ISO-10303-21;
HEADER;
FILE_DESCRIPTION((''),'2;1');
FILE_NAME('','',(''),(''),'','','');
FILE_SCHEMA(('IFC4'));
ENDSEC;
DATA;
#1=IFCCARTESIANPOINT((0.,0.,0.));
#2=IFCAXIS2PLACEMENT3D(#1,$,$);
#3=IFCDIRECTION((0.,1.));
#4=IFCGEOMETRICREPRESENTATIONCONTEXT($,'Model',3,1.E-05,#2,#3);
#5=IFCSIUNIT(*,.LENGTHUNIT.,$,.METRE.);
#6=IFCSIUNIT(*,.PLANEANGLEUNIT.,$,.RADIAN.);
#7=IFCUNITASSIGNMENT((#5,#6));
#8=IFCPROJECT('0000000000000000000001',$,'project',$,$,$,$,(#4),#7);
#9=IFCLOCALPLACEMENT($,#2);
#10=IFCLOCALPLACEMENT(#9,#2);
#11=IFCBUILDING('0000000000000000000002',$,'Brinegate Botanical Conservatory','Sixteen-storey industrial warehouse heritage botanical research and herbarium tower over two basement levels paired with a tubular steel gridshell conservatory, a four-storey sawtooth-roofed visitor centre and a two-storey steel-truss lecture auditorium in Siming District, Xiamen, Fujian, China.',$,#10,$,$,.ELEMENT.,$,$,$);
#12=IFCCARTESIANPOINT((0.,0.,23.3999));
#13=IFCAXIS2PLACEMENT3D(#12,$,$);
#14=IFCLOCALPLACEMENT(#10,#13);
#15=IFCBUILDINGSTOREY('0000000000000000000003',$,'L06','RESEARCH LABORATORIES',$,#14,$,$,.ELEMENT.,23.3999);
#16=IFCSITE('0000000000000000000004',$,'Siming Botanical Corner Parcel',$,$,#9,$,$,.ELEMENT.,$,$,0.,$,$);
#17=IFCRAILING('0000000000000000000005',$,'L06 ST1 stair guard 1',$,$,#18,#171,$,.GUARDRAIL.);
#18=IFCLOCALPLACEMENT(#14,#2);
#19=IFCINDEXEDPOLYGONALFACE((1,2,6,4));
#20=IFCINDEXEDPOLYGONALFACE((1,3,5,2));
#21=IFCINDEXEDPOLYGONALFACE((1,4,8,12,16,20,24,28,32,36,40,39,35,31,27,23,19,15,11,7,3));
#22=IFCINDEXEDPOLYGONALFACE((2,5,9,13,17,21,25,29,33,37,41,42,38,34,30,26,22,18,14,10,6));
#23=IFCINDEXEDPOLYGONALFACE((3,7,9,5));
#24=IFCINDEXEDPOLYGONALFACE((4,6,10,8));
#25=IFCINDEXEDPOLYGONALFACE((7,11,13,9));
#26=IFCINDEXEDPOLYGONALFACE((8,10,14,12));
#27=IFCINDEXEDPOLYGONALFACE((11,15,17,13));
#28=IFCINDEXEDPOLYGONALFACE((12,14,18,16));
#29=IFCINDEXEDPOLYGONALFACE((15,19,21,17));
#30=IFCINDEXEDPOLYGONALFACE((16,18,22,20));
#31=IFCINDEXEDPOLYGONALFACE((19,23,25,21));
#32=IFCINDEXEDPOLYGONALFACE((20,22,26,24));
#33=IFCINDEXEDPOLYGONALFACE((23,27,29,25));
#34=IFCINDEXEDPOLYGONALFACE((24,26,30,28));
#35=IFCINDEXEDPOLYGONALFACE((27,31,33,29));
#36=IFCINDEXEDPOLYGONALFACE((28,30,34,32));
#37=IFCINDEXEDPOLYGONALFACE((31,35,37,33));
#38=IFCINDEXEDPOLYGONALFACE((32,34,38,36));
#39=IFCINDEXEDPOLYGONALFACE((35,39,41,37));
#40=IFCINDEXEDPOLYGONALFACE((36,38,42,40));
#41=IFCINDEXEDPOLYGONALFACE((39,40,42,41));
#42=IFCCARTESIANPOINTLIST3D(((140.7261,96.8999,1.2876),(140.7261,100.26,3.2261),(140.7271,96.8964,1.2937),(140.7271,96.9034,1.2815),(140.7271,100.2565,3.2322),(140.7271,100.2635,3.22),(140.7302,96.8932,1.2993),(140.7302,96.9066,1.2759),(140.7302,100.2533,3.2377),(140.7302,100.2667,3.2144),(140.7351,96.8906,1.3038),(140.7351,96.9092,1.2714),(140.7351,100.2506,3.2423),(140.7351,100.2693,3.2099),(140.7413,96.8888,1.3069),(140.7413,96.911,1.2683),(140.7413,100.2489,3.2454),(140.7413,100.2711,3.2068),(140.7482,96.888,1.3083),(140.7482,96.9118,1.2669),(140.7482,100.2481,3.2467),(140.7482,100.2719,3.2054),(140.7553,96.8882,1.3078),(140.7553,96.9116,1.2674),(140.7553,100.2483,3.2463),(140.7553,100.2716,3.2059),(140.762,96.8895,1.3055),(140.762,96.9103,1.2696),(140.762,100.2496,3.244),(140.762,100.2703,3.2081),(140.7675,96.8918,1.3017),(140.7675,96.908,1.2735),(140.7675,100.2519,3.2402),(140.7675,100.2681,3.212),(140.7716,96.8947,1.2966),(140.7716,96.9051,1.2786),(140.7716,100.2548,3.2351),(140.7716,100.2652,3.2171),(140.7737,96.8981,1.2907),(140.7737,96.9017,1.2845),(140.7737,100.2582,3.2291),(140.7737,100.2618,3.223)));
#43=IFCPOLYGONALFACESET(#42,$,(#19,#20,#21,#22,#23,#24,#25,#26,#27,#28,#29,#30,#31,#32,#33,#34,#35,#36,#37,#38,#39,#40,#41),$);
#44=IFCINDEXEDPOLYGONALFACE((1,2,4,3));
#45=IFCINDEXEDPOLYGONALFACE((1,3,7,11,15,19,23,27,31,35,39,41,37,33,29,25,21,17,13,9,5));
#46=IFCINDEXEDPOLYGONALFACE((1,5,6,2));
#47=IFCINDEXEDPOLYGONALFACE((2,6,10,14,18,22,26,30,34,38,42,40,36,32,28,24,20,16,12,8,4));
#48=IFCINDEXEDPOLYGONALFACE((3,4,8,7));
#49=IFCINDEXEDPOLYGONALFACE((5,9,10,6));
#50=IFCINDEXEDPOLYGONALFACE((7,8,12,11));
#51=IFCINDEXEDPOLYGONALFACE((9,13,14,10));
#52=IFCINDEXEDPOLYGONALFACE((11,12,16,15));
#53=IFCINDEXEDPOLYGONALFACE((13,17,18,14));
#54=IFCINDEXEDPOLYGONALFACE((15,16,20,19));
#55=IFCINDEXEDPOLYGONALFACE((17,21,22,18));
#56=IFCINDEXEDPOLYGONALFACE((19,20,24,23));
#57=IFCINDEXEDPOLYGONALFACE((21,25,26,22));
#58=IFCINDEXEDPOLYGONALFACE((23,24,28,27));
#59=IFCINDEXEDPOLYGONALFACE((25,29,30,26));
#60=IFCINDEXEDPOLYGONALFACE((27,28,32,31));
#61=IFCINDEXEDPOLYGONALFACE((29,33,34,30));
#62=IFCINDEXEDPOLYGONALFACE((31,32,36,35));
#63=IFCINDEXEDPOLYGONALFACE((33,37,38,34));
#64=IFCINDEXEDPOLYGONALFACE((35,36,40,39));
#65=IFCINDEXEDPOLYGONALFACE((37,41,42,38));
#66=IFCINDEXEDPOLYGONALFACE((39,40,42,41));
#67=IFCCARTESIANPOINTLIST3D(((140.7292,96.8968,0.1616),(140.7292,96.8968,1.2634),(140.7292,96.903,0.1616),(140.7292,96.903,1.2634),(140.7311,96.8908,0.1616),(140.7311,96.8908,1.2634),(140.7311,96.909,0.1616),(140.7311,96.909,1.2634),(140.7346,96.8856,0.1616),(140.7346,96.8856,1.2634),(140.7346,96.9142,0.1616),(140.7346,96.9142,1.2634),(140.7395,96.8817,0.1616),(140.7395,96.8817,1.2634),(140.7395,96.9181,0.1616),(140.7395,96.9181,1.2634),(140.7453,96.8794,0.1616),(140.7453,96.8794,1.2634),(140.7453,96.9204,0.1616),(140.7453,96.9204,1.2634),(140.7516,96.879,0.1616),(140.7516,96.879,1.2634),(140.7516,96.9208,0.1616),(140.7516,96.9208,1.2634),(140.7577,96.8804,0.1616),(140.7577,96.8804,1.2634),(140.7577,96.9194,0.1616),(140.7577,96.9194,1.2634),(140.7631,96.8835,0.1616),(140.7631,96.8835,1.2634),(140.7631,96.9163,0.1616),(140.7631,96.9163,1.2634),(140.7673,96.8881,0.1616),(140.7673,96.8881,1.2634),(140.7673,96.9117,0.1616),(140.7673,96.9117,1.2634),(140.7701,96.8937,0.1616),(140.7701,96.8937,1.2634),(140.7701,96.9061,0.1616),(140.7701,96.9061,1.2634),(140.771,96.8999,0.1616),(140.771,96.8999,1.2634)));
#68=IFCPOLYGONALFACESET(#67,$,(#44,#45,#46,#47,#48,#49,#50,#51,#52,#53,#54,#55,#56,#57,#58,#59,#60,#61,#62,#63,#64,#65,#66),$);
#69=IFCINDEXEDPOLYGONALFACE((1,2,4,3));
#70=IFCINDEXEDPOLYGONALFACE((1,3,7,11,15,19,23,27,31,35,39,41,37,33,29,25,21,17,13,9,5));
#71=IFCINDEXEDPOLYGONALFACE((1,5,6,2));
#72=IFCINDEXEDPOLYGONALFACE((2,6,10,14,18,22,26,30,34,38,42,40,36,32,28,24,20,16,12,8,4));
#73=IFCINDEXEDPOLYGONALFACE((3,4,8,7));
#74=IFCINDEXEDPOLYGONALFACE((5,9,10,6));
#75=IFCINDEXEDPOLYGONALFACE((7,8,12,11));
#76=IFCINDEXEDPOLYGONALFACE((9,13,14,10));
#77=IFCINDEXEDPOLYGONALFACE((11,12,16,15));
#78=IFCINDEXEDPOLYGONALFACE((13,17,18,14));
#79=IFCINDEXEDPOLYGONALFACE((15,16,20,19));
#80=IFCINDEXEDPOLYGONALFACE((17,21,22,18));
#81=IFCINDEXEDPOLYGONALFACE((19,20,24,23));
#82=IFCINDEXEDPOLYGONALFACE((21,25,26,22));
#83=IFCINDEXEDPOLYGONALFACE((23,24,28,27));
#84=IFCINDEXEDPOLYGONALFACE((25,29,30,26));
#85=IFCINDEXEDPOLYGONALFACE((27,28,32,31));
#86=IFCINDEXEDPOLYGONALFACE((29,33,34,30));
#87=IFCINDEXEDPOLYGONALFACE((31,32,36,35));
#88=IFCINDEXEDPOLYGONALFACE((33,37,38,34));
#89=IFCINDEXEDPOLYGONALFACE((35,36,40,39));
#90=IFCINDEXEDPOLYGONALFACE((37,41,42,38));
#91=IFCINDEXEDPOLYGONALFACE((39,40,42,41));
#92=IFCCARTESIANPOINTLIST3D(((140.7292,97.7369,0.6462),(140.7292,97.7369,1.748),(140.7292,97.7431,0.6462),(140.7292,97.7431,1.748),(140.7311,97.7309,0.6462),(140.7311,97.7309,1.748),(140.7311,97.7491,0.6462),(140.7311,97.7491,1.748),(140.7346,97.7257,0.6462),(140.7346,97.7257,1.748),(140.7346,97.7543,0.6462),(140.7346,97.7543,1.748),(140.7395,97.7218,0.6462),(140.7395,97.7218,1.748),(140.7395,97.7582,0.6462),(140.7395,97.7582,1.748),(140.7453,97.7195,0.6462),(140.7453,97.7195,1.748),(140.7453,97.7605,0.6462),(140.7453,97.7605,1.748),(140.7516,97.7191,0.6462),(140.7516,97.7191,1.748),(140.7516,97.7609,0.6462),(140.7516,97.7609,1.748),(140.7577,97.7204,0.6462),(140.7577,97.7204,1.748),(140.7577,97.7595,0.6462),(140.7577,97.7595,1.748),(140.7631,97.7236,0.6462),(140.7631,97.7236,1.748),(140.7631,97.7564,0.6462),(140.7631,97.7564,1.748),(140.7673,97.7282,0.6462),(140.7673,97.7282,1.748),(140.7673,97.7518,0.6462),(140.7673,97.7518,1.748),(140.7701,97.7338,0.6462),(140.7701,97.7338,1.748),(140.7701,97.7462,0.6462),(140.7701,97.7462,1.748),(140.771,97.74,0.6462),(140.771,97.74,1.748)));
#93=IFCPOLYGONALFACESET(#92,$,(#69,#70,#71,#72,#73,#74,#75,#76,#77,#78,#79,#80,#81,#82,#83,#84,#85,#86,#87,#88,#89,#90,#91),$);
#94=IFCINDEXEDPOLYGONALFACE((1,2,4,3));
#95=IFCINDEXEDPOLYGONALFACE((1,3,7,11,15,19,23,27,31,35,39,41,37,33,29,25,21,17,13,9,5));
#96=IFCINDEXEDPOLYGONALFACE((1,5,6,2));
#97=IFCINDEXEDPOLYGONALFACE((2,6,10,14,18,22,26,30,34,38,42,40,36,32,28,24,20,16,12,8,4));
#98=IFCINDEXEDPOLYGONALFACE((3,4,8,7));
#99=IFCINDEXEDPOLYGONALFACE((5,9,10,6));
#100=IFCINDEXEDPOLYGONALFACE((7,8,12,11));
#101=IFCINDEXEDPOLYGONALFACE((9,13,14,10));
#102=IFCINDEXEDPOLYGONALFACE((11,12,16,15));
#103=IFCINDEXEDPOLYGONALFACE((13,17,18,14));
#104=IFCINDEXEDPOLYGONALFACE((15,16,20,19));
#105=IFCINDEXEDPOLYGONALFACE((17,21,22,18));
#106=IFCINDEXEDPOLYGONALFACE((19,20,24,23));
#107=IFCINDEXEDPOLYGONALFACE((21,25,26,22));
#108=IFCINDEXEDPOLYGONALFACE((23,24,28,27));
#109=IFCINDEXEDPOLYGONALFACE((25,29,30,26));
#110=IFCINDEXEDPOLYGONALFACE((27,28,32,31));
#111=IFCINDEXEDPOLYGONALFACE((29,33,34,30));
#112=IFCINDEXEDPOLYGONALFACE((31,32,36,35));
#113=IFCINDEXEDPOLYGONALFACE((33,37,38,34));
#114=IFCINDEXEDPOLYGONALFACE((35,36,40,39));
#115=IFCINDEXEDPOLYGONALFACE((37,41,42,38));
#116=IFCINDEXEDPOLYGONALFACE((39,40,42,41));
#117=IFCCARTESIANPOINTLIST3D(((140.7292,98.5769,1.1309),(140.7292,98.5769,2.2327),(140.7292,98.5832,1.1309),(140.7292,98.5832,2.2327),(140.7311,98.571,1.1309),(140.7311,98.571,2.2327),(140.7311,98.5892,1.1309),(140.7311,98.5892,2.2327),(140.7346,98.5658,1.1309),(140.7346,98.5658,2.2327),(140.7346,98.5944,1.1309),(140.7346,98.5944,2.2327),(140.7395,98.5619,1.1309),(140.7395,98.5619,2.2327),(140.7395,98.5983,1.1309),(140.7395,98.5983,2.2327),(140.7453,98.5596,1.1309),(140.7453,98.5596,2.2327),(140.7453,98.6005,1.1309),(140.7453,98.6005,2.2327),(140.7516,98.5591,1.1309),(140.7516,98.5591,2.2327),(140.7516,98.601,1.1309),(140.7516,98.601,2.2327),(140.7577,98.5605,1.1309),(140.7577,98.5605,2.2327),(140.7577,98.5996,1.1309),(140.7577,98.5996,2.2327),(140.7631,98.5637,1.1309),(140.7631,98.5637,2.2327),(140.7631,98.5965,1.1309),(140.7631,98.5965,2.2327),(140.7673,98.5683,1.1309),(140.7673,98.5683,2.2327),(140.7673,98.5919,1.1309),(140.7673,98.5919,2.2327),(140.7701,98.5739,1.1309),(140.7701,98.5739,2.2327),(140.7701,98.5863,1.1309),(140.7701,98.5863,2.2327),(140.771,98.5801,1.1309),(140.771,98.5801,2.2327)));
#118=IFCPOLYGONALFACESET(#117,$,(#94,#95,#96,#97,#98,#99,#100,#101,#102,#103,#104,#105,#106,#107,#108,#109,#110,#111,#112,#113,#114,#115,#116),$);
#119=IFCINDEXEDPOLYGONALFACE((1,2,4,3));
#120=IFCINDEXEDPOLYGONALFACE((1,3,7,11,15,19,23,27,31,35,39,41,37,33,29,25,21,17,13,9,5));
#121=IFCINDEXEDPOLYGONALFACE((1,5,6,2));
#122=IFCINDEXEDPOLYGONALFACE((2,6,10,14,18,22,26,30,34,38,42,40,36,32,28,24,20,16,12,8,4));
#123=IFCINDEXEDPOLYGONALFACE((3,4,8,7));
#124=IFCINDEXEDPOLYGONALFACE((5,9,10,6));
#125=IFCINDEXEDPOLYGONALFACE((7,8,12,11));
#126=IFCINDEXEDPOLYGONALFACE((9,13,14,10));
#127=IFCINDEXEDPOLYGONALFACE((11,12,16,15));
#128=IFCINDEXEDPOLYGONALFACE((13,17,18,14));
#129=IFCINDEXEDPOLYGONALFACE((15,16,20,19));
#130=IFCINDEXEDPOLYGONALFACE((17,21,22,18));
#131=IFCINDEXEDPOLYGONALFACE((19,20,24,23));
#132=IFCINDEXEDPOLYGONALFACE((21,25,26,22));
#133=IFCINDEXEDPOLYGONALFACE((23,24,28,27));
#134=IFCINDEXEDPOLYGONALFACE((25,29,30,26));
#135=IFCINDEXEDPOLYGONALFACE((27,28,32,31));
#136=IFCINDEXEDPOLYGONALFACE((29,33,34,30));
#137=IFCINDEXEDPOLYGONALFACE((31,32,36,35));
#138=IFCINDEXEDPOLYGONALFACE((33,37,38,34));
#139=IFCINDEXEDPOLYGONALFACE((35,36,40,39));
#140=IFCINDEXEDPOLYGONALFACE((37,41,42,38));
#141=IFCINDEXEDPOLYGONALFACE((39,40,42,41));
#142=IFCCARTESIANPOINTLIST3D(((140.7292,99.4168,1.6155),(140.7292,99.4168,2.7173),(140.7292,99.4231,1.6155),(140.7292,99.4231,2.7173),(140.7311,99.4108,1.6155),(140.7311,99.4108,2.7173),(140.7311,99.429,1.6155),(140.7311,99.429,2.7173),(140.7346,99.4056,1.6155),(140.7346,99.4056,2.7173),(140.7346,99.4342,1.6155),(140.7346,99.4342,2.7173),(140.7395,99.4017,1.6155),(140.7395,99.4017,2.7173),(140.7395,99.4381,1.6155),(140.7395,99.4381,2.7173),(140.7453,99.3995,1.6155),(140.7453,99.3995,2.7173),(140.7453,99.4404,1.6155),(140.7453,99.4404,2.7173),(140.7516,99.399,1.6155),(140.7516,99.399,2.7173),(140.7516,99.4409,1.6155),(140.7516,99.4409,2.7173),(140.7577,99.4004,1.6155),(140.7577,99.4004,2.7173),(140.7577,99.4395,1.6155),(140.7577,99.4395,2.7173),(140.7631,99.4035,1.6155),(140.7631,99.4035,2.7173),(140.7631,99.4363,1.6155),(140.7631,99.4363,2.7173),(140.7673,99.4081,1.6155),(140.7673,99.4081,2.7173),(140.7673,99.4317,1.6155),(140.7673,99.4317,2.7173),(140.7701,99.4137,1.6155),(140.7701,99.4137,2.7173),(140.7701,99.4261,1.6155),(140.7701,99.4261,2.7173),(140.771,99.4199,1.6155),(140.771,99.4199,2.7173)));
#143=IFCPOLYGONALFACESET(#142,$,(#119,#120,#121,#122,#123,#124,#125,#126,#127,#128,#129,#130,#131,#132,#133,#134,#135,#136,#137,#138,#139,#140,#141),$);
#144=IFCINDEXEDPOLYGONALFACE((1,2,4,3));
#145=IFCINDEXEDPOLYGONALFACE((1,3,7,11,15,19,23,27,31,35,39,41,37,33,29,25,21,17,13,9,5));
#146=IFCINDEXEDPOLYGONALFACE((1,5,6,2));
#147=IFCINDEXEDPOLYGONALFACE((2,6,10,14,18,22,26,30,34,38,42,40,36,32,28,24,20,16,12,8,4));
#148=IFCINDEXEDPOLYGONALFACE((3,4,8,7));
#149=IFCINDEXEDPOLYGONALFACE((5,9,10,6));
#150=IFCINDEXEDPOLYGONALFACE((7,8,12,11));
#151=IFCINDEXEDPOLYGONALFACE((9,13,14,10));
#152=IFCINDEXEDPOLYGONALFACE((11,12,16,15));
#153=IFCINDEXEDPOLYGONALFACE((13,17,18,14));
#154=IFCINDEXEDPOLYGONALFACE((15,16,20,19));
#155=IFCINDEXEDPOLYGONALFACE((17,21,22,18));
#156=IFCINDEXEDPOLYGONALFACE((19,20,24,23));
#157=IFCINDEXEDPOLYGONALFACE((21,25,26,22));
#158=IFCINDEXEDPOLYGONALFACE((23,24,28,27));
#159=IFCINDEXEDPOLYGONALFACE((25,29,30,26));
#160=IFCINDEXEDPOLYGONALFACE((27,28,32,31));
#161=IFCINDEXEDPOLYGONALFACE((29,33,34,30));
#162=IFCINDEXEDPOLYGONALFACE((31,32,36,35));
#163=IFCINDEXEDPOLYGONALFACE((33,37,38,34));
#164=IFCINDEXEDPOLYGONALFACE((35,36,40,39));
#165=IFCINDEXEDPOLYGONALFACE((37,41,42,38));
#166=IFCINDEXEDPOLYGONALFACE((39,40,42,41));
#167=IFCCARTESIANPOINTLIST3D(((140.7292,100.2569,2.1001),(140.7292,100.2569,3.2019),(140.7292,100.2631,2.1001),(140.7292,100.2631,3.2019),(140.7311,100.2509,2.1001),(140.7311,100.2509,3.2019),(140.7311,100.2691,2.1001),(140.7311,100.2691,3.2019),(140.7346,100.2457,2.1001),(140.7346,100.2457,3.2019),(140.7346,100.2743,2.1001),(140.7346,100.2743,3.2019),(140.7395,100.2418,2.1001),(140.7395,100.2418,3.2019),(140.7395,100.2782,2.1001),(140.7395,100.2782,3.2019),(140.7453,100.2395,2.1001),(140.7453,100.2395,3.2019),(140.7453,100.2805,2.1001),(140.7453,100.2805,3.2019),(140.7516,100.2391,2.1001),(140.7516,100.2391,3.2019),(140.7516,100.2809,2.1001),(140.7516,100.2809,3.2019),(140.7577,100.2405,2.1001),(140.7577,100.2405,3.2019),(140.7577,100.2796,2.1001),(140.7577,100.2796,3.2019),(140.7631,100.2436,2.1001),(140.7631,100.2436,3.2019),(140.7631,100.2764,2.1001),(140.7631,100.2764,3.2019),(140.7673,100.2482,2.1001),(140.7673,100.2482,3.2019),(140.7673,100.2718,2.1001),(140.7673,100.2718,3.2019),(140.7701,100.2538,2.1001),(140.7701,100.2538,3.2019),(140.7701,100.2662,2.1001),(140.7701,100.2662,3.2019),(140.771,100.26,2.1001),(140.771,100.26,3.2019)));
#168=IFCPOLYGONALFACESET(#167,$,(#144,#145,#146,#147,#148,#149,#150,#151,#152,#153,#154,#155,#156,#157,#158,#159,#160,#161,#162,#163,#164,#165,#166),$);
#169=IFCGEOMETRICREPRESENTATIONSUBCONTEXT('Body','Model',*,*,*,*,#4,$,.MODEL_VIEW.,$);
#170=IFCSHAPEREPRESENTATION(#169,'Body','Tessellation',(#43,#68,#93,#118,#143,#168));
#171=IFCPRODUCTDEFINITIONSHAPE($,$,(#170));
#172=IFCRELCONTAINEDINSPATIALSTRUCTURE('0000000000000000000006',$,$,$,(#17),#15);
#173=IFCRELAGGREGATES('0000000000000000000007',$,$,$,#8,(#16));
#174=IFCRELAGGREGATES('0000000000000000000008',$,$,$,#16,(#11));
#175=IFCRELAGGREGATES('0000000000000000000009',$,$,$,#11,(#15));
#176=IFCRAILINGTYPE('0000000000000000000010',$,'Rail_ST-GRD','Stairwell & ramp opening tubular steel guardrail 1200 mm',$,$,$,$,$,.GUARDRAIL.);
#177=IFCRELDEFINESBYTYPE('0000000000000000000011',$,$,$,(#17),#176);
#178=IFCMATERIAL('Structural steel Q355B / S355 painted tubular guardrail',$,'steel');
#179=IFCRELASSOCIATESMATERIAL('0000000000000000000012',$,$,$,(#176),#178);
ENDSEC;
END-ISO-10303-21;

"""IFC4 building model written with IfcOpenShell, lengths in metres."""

from ifc_helpers import new_model, si_unit, direction, frame, origin, origin_2d, place, context, subcontext, project, spatial, circle, extrude, material, type_object, element, save


model = new_model("IFC4")

# Units and contexts
model_context = context("Model", 3, precision=1e-05, world=origin(), true_north=direction((0.0, 1.0)))
body_context = subcontext(model_context, "Body", "Model", "MODEL_VIEW")
ifc_project = project(units=[si_unit("LENGTHUNIT", "METRE"), si_unit("PLANEANGLEUNIT", "RADIAN")], contexts=[model_context])

# Site, building, storey
site_placement = place(None, origin())
site = spatial("IfcSite", under=ifc_project, at=site_placement, Name="Siming Botanical Corner Parcel", CompositionType="ELEMENT", RefElevation=0.0)
building_placement = place(site_placement, origin())
building = spatial("IfcBuilding", under=site, at=building_placement, Name="Brinegate Botanical Conservatory", Description="Sixteen-storey industrial warehouse heritage botanical research and herbarium tower over two basement levels paired with a tubular steel gridshell conservatory, a four-storey sawtooth-roofed visitor centre and a two-storey steel-truss lecture auditorium in Siming District, Xiamen, Fujian, China.", CompositionType="ELEMENT")
storey_placement = place(building_placement, frame((0.0, 0.0, 23.3999)))
storey = spatial("IfcBuildingStorey", under=building, at=storey_placement, Name="L06", Description="RESEARCH LABORATORIES", CompositionType="ELEMENT", Elevation=23.3999)

# Railing
ifc_material_1 = material(Name="Structural steel Q355B / S355 painted tubular guardrail", Category="steel")
railing_type_1 = type_object("IfcRailingType", Name="Rail_ST-GRD", Description="Stairwell & ramp opening tubular steel guardrail 1200 mm", PredefinedType="GUARDRAIL", material=ifc_material_1)
railing_1_placement = place(storey_placement, frame((140.75, 96.8999, 0.1616)))
element("IfcRailing", 1, at=railing_1_placement, inside=storey, type_object=railing_type_1, Name="L06 ST1 stair guard 1", PredefinedType="GUARDRAIL", context=body_context, shape_type="SweptSolid", body=[
    extrude(circle(Radius=0.0239, at=origin_2d()), frame((0.0, 0.0, 1.126), z_axis=(0.0, 0.866191, 0.499713), x_axis=(-1.0, 0.0, 0.0)), (0.0, 0.0, 1.0), 3.8792),
    extrude(circle(Radius=0.021, at=origin_2d()), origin(), (0.0, 0.0, 1.0), 1.1018),
    extrude(circle(Radius=0.021, at=origin_2d()), frame((0.0, 0.8401, 0.4846)), (0.0, 0.0, 1.0), 1.1018),
    extrude(circle(Radius=0.021, at=origin_2d()), frame((0.0, 1.6802, 0.9692)), (0.0, 0.0, 1.0), 1.1018),
    extrude(circle(Radius=0.021, at=origin_2d()), frame((0.0, 2.52, 1.4539)), (0.0, 0.0, 1.0), 1.1018),
    extrude(circle(Radius=0.021, at=origin_2d()), frame((0.0, 3.3601, 1.9385)), (0.0, 0.0, 1.0), 1.1018),
])

save(model, "model.ifc")
